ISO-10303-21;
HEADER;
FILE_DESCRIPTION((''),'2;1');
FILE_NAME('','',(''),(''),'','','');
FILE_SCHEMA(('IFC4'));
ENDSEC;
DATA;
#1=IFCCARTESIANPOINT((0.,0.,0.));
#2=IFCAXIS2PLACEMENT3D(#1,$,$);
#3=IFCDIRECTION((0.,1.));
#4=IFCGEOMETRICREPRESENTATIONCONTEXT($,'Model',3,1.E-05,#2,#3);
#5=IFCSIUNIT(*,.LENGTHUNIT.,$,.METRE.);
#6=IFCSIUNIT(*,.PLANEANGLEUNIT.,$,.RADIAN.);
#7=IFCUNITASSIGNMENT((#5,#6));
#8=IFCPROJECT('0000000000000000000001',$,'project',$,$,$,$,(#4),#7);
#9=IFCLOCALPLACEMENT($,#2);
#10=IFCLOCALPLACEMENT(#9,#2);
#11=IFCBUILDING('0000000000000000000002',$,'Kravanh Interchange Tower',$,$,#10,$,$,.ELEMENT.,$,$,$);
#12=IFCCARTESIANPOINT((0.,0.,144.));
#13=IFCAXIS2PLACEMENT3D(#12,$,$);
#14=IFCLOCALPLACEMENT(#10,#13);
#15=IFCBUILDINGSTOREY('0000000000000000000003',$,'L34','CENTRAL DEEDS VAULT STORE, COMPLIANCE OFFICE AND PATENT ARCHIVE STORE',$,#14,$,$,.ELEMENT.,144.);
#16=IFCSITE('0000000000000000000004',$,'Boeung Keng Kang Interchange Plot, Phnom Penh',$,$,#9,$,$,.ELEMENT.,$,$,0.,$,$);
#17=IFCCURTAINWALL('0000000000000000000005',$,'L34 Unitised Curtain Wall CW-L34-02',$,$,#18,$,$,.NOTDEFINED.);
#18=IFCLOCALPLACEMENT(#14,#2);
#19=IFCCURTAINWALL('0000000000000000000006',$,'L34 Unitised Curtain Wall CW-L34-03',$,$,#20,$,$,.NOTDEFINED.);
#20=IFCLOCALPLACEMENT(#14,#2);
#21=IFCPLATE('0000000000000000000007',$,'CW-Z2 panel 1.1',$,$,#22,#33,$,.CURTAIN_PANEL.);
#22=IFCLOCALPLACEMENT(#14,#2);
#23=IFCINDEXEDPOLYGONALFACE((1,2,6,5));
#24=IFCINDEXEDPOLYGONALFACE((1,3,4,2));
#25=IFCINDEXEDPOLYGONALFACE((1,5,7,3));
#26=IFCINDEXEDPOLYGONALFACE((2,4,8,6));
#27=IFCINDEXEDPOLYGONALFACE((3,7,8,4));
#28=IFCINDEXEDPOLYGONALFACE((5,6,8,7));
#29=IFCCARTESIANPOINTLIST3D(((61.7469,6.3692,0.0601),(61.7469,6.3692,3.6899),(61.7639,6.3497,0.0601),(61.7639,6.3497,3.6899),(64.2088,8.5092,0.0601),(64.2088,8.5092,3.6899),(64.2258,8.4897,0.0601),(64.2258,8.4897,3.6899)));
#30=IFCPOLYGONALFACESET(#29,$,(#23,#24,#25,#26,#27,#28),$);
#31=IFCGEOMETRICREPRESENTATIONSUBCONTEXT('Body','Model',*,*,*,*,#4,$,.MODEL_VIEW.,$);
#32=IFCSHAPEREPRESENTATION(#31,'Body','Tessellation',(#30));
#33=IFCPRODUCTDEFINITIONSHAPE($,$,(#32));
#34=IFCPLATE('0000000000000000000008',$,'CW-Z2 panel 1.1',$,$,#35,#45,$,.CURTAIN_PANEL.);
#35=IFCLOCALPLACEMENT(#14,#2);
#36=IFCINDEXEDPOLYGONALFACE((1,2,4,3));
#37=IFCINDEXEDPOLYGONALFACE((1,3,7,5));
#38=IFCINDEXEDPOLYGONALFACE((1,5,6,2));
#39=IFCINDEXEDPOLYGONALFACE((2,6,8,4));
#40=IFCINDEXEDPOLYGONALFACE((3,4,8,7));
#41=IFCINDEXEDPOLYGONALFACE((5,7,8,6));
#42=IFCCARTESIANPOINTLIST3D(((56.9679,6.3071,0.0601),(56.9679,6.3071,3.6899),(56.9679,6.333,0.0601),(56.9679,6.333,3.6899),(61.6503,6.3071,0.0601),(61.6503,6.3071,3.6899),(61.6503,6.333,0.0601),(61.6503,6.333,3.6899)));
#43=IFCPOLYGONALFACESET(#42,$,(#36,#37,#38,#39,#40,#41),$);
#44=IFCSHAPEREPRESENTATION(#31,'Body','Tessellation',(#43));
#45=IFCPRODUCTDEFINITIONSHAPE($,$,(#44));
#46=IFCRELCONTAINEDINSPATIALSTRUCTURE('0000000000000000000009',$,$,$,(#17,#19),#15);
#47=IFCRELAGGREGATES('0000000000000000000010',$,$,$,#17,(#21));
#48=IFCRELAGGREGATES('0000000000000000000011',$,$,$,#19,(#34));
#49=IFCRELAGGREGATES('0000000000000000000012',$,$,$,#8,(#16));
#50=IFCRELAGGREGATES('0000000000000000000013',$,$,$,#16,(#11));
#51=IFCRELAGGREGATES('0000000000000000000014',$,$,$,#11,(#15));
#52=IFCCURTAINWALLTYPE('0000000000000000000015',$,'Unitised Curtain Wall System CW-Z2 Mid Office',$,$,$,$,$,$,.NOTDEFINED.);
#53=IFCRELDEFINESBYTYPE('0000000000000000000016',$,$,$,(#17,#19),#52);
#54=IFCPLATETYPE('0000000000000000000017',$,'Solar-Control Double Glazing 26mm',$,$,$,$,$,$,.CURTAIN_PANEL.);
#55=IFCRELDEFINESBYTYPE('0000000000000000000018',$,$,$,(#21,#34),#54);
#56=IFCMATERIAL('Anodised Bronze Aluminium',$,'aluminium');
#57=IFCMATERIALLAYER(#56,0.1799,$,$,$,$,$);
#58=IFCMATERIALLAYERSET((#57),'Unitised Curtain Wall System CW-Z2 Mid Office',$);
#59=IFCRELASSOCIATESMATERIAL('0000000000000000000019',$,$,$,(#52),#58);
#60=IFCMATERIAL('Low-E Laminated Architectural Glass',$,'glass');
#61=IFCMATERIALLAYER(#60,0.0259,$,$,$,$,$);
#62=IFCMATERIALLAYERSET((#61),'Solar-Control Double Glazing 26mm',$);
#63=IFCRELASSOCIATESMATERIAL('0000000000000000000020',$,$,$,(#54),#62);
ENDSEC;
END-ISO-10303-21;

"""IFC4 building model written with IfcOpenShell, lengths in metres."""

from ifc_helpers import new_model, si_unit, direction, frame, origin, origin_2d, place, context, subcontext, project, spatial, rectangle, extrude, material, layer, layer_set, type_object, element, aggregate, save


model = new_model("IFC4")

# Units and contexts
model_context = context("Model", 3, precision=1e-05, world=origin(), true_north=direction((0.0, 1.0)))
body_context = subcontext(model_context, "Body", "Model", "MODEL_VIEW")
ifc_project = project(units=[si_unit("LENGTHUNIT", "METRE"), si_unit("PLANEANGLEUNIT", "RADIAN")], contexts=[model_context])

# Site, building, storey
site_placement = place(None, origin())
site = spatial("IfcSite", under=ifc_project, at=site_placement, Name="Boeung Keng Kang Interchange Plot, Phnom Penh", CompositionType="ELEMENT", RefElevation=0.0)
building_placement = place(site_placement, origin())
building = spatial("IfcBuilding", under=site, at=building_placement, Name="Kravanh Interchange Tower", CompositionType="ELEMENT")
storey_placement = place(building_placement, frame((0.0, 0.0, 144.0)))
storey = spatial("IfcBuildingStorey", under=building, at=storey_placement, Name="L34", Description="CENTRAL DEEDS VAULT STORE, COMPLIANCE OFFICE AND PATENT ARCHIVE STORE", CompositionType="ELEMENT", Elevation=144.0)

# Curtain walls
ifc_material_1 = material(Name="Anodised Bronze Aluminium", Category="aluminium")
ifc_layer_1 = layer(ifc_material_1, 0.1799)
ifc_layer_set_1 = layer_set([ifc_layer_1], Name="Unitised Curtain Wall System CW-Z2 Mid Office")
curtain_wall_type = type_object("IfcCurtainWallType", Name="Unitised Curtain Wall System CW-Z2 Mid Office", PredefinedType="NOTDEFINED", material=ifc_layer_set_1)
curtain_wall_1_placement = place(storey_placement, origin())
curtain_wall_1 = element("IfcCurtainWall", 1, at=curtain_wall_1_placement, inside=storey, type_object=curtain_wall_type, Name="L34 Unitised Curtain Wall CW-L34-02", PredefinedType="NOTDEFINED")
curtain_wall_2_placement = place(storey_placement, origin())
curtain_wall_2 = element("IfcCurtainWall", 2, at=curtain_wall_2_placement, inside=storey, type_object=curtain_wall_type, Name="L34 Unitised Curtain Wall CW-L34-03", PredefinedType="NOTDEFINED")

# Plates
ifc_material_2 = material(Name="Low-E Laminated Architectural Glass", Category="glass")
ifc_layer_2 = layer(ifc_material_2, 0.0259)
ifc_layer_set_2 = layer_set([ifc_layer_2], Name="Solar-Control Double Glazing 26mm")
plate_type = type_object("IfcPlateType", Name="Solar-Control Double Glazing 26mm", PredefinedType="CURTAIN_PANEL", material=ifc_layer_set_2)
plate_1_placement = place(storey_placement, frame((62.9863, 7.4294, 0.0601), z_axis=(0.0, 0.0, 1.0), x_axis=(-0.754719, -0.656048, 0.0)))
plate_1 = element("IfcPlate", 3, at=plate_1_placement, type_object=plate_type, Name="CW-Z2 panel 1.1", PredefinedType="CURTAIN_PANEL", context=body_context, shape_type="SweptSolid", body=[
    extrude(rectangle(XDim=3.262, YDim=0.0259, at=origin_2d()), origin(), (0.0, 0.0, 1.0), 3.6299),
])
aggregate(curtain_wall_1, [plate_1])
plate_2_placement = place(storey_placement, frame((59.3091, 6.3201, 0.0601), z_axis=(0.0, 0.0, 1.0), x_axis=(-1.0, 0.0, 0.0)))
plate_2 = element("IfcPlate", 4, at=plate_2_placement, type_object=plate_type, Name="CW-Z2 panel 1.1", PredefinedType="CURTAIN_PANEL", context=body_context, shape_type="SweptSolid", body=[
    extrude(rectangle(XDim=4.6824, YDim=0.0259, at=origin_2d()), origin(), (0.0, 0.0, 1.0), 3.6299),
])
aggregate(curtain_wall_2, [plate_2])

save(model, "model.ifc")
